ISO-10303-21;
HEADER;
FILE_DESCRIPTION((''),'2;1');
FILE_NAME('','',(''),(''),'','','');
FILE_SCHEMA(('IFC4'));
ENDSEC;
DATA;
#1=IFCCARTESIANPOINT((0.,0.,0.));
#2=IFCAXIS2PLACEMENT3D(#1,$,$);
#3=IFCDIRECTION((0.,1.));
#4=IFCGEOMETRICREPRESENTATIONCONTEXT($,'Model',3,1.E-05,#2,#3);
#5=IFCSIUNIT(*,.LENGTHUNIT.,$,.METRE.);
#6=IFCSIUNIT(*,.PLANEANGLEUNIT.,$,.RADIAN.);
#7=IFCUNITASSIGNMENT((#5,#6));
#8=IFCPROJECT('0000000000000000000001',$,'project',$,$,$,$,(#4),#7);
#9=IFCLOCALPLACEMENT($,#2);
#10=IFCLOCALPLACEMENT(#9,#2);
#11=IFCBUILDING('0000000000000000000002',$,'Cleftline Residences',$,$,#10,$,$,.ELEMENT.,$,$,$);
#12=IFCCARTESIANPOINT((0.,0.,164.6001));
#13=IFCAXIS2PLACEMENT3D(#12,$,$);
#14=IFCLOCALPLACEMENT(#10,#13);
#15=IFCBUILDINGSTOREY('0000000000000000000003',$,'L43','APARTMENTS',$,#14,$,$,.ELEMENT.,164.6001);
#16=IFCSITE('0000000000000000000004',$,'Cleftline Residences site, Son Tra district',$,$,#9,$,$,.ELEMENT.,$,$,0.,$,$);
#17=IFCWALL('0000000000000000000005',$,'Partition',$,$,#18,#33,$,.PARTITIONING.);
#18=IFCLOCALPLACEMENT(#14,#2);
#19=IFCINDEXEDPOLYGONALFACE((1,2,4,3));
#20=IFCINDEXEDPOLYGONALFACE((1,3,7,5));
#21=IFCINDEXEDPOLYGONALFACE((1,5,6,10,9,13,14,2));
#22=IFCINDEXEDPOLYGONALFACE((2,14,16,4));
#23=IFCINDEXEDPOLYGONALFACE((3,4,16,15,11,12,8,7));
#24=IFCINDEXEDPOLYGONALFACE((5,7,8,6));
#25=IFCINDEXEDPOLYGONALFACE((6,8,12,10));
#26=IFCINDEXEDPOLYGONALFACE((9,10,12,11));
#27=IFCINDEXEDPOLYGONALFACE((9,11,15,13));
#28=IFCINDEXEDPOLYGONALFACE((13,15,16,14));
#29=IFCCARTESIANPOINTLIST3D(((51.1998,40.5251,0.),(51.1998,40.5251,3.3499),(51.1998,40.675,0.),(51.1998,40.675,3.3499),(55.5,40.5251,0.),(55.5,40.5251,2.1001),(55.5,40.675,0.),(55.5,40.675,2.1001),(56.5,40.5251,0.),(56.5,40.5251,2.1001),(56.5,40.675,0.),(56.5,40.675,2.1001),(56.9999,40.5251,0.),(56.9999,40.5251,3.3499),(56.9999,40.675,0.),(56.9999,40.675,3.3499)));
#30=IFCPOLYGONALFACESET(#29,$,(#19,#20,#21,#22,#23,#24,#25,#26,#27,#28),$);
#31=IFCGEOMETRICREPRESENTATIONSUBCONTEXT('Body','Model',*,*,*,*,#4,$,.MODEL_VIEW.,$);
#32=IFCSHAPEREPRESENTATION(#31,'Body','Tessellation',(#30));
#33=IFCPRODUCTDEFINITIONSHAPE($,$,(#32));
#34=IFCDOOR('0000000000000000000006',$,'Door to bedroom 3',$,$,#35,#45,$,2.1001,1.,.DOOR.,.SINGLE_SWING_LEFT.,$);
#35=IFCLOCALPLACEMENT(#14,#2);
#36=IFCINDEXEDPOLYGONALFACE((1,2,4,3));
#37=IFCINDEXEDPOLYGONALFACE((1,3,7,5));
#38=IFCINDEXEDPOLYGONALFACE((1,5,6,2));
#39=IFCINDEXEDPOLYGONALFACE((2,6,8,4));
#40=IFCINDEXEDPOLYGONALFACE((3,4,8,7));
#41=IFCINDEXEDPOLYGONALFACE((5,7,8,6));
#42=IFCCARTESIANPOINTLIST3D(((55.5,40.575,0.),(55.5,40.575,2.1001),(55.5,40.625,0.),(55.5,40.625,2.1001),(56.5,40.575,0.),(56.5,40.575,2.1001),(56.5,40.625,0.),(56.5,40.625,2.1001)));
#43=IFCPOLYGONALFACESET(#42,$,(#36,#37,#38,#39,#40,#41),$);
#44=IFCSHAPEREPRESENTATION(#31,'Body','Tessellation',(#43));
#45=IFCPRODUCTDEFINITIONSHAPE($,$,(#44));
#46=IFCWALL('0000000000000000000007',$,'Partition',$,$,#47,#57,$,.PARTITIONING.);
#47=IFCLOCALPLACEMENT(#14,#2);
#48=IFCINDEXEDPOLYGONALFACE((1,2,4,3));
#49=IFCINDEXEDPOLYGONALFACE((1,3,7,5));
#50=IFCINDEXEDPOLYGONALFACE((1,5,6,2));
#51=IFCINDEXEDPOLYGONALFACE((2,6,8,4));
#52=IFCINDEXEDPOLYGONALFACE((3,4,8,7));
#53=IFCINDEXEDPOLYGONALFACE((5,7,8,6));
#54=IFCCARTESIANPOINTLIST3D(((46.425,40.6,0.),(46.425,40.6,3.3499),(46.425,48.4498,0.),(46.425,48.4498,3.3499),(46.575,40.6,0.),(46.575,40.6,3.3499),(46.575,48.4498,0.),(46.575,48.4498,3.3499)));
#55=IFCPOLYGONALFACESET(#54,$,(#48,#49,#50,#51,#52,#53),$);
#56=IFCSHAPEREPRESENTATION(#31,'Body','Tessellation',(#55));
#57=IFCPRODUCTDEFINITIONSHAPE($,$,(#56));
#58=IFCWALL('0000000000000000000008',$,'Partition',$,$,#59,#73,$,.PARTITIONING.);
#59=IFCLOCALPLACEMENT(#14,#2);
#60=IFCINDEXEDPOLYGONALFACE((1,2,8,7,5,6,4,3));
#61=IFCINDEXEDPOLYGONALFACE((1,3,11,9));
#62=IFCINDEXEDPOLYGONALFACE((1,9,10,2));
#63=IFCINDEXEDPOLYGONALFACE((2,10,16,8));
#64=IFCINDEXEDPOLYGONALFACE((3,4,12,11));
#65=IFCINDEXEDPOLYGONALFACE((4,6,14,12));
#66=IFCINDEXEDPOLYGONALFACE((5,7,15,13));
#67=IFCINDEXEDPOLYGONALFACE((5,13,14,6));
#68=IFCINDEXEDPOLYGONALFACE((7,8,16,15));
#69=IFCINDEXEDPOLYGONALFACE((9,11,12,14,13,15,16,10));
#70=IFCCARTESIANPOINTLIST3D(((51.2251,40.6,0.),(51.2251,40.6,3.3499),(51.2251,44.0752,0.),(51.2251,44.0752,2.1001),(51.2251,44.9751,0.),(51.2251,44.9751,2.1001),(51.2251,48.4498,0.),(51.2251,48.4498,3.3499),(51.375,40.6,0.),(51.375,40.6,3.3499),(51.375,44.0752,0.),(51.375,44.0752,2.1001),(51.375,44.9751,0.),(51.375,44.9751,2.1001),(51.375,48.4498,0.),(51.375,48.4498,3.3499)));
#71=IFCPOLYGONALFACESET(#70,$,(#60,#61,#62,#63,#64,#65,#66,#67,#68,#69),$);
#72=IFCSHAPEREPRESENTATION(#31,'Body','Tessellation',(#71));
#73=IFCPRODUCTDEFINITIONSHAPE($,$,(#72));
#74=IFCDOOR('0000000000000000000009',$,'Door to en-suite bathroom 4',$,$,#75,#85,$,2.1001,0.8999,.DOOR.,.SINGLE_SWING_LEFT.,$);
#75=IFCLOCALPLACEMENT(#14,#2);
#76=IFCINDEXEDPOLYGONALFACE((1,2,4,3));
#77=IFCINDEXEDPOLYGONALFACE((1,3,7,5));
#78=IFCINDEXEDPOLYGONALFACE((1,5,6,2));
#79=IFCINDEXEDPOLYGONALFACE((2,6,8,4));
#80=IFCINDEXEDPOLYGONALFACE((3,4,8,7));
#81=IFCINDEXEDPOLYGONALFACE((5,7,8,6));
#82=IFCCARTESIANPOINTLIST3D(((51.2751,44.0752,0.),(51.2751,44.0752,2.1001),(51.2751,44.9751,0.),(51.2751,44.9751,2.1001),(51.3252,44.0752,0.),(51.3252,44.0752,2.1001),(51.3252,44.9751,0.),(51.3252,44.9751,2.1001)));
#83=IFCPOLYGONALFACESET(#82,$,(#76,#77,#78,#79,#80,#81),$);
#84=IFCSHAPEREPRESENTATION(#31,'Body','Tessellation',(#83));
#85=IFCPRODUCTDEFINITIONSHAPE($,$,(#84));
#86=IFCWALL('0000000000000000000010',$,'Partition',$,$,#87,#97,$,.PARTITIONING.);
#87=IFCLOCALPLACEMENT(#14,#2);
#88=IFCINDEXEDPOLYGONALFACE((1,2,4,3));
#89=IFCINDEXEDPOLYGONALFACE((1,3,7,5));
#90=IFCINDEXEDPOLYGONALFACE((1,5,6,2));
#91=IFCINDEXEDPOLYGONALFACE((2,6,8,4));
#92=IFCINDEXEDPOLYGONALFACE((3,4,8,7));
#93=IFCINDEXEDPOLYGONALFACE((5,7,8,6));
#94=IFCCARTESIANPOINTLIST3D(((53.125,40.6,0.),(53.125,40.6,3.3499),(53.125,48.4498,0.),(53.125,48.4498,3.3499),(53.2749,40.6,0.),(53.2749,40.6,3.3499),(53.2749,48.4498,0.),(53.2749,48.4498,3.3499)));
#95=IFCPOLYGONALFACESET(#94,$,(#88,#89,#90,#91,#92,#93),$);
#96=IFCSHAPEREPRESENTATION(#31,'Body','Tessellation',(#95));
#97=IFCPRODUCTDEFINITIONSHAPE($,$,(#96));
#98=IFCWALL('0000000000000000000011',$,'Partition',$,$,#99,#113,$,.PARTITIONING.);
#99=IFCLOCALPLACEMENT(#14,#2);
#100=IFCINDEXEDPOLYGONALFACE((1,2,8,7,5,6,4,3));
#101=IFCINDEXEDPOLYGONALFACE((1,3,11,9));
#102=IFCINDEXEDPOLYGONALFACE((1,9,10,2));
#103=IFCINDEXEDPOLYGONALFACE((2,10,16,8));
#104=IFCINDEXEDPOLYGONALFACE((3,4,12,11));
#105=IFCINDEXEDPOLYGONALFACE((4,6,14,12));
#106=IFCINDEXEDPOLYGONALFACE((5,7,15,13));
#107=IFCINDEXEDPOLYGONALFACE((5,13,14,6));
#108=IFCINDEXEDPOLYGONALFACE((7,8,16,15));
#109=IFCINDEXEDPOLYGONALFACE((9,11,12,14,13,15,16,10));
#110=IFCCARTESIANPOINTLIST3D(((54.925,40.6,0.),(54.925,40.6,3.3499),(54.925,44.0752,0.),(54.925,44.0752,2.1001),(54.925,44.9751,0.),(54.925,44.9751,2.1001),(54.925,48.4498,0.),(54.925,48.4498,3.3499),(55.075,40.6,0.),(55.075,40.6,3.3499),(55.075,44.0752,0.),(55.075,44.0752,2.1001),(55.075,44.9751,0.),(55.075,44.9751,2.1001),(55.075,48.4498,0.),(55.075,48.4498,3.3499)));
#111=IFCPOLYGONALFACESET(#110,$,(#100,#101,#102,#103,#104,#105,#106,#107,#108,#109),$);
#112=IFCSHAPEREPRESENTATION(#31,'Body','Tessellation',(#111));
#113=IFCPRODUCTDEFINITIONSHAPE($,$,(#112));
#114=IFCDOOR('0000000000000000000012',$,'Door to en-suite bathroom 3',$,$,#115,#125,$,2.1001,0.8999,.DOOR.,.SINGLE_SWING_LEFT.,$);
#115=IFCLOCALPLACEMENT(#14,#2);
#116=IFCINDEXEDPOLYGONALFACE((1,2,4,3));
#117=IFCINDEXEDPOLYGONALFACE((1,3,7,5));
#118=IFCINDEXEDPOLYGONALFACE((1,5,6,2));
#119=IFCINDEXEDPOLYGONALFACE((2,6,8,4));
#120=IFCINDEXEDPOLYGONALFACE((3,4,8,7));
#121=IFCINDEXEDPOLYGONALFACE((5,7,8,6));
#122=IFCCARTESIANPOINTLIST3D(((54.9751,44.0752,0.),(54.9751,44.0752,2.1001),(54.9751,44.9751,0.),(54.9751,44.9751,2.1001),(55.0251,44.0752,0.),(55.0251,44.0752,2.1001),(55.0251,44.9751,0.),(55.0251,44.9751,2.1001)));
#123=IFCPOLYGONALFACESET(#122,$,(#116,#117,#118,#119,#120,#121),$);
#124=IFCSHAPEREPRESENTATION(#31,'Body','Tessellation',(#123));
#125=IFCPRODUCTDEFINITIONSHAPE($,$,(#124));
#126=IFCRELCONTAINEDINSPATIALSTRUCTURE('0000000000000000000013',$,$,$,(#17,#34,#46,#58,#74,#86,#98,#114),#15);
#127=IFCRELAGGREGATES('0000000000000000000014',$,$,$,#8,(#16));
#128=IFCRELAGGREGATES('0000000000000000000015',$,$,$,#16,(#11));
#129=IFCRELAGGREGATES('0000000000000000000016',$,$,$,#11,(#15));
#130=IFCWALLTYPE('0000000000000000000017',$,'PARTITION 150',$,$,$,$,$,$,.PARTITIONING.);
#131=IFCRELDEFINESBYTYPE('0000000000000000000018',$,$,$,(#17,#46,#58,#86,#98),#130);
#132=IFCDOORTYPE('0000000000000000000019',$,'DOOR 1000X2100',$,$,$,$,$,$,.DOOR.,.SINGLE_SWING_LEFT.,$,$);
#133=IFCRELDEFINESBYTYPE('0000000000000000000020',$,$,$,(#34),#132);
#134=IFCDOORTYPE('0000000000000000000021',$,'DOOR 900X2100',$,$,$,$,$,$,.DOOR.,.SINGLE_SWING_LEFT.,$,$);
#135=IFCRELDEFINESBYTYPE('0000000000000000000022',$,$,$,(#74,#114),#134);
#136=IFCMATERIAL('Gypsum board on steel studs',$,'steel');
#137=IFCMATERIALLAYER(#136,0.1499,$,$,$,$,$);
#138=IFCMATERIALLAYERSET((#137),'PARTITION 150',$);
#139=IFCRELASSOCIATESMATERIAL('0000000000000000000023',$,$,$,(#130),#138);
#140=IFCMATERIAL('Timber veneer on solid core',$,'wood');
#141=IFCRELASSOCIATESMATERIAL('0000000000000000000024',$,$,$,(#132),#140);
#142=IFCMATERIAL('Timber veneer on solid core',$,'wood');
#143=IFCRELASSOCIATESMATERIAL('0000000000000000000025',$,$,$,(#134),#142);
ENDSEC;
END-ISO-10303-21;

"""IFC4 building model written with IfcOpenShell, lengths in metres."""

from ifc_helpers import new_model, si_unit, direction, frame, frame_2d, origin, place, context, subcontext, project, spatial, rectangle, extrude, material, layer, layer_set, type_object, element, fill, save


model = new_model("IFC4")

# Units and contexts
model_context = context("Model", 3, precision=1e-05, world=origin(), true_north=direction((0.0, 1.0)))
body_context = subcontext(model_context, "Body", "Model", "MODEL_VIEW")
ifc_project = project(units=[si_unit("LENGTHUNIT", "METRE"), si_unit("PLANEANGLEUNIT", "RADIAN")], contexts=[model_context])

# Site, building, storey
site_placement = place(None, origin())
site = spatial("IfcSite", under=ifc_project, at=site_placement, Name="Cleftline Residences site, Son Tra district", CompositionType="ELEMENT", RefElevation=0.0)
building_placement = place(site_placement, origin())
building = spatial("IfcBuilding", under=site, at=building_placement, Name="Cleftline Residences", CompositionType="ELEMENT")
storey_placement = place(building_placement, frame((0.0, 0.0, 164.6001)))
storey = spatial("IfcBuildingStorey", under=building, at=storey_placement, Name="L43", Description="APARTMENTS", CompositionType="ELEMENT", Elevation=164.6001)

# Shared definitions
ifc_material_1 = material(Name="Gypsum board on steel studs", Category="steel")
ifc_layer = layer(ifc_material_1, 0.1499)
ifc_layer_set = layer_set([ifc_layer], Name="PARTITION 150")
wall_type = type_object("IfcWallType", Name="PARTITION 150", PredefinedType="PARTITIONING", material=ifc_layer_set)
ifc_material_2 = material(Name="Timber veneer on solid core", Category="wood")
door_type_1 = type_object("IfcDoorType", Name="DOOR 1000X2100", OperationType="SINGLE_SWING_LEFT", PredefinedType="DOOR", material=ifc_material_2)

# Wall, opening, door
wall_1_placement = place(storey_placement, frame((51.2, 40.6001, 0.0), z_axis=(0.0, 0.0, 1.0), x_axis=(1.0, 0.0, 0.0)))
wall_1 = element("IfcWall", 1, at=wall_1_placement, inside=storey, type_object=wall_type, Name="Partition", PredefinedType="PARTITIONING", context=body_context, shape_type="SweptSolid", body=[
    extrude(rectangle(XDim=5.8, YDim=0.1499, at=frame_2d((2.8999, 0.0))), origin(), (0.0, 0.0, 1.0), 3.3499),
])
opening_1_placement = place(wall_1_placement, frame((4.3, 0.0, 0.0)))
opening_1 = element("IfcOpeningElement", 2, at=opening_1_placement, cuts=wall_1, PredefinedType="OPENING", context=body_context, shape_type="SweptSolid", body=[
    extrude(rectangle(XDim=1.0, YDim=2.1001, at=frame_2d((0.5, 1.05))), frame((0.0, 0.085, 0.0), z_axis=(0.0, -1.0, 0.0), x_axis=(1.0, 0.0, 0.0)), (0.0, 0.0, 1.0), 0.1699),
])
door_1_placement = place(opening_1_placement, origin())
door_1 = element("IfcDoor", 3, at=door_1_placement, inside=storey, type_object=door_type_1, Name="Door to bedroom 3", OperationType="SINGLE_SWING_LEFT", OverallHeight=2.1001, OverallWidth=1.0, PredefinedType="DOOR", context=body_context, shape_type="SweptSolid", body=[
    extrude(rectangle(XDim=1.0, YDim=2.1001, at=frame_2d((0.5, 1.05))), frame((0.0, 0.0249, 0.0), z_axis=(0.0, -1.0, 0.0), x_axis=(1.0, 0.0, 0.0)), (0.0, 0.0, 1.0), 0.05),
])
fill(opening_1, door_1)

# Wall
wall_2_placement = place(storey_placement, frame((46.5, 40.6001, 0.0), z_axis=(0.0, 0.0, 1.0), x_axis=(0.0, 1.0, 0.0)))
element("IfcWall", 4, at=wall_2_placement, inside=storey, type_object=wall_type, Name="Partition", PredefinedType="PARTITIONING", context=body_context, shape_type="SweptSolid", body=[
    extrude(rectangle(XDim=7.8499, YDim=0.1499, at=frame_2d((3.9248, 0.0))), origin(), (0.0, 0.0, 1.0), 3.3499),
])

# Wall, opening, door
wall_3_placement = place(storey_placement, frame((51.3, 40.6001, 0.0), z_axis=(0.0, 0.0, 1.0), x_axis=(0.0, 1.0, 0.0)))
wall_3 = element("IfcWall", 5, at=wall_3_placement, inside=storey, type_object=wall_type, Name="Partition", PredefinedType="PARTITIONING", context=body_context, shape_type="SweptSolid", body=[
    extrude(rectangle(XDim=7.8499, YDim=0.1499, at=frame_2d((3.9248, 0.0))), origin(), (0.0, 0.0, 1.0), 3.3499),
])
opening_2_placement = place(wall_3_placement, frame((3.4751, 0.0, 0.0)))
opening_2 = element("IfcOpeningElement", 6, at=opening_2_placement, cuts=wall_3, PredefinedType="OPENING", context=body_context, shape_type="SweptSolid", body=[
    extrude(rectangle(XDim=0.8999, YDim=2.1001, at=frame_2d((0.45, 1.05))), frame((0.0, 0.085, 0.0), z_axis=(0.0, -1.0, 0.0), x_axis=(1.0, 0.0, 0.0)), (0.0, 0.0, 1.0), 0.1699),
])
ifc_material_3 = material(Name="Timber veneer on solid core", Category="wood")
door_type_2 = type_object("IfcDoorType", Name="DOOR 900X2100", OperationType="SINGLE_SWING_LEFT", PredefinedType="DOOR", material=ifc_material_3)
door_2_placement = place(opening_2_placement, origin())
door_2 = element("IfcDoor", 7, at=door_2_placement, inside=storey, type_object=door_type_2, Name="Door to en-suite bathroom 4", OperationType="SINGLE_SWING_LEFT", OverallHeight=2.1001, OverallWidth=0.8999, PredefinedType="DOOR", context=body_context, shape_type="SweptSolid", body=[
    extrude(rectangle(XDim=0.8999, YDim=2.1001, at=frame_2d((0.45, 1.05))), frame((0.0, 0.0249, 0.0), z_axis=(0.0, -1.0, 0.0), x_axis=(1.0, 0.0, 0.0)), (0.0, 0.0, 1.0), 0.05),
])
fill(opening_2, door_2)

# Wall
wall_4_placement = place(storey_placement, frame((53.2, 40.6001, 0.0), z_axis=(0.0, 0.0, 1.0), x_axis=(0.0, 1.0, 0.0)))
element("IfcWall", 8, at=wall_4_placement, inside=storey, type_object=wall_type, Name="Partition", PredefinedType="PARTITIONING", context=body_context, shape_type="SweptSolid", body=[
    extrude(rectangle(XDim=7.8499, YDim=0.1499, at=frame_2d((3.9248, 0.0))), origin(), (0.0, 0.0, 1.0), 3.3499),
])

# Wall, opening, door
wall_5_placement = place(storey_placement, frame((55.0, 40.6001, 0.0), z_axis=(0.0, 0.0, 1.0), x_axis=(0.0, 1.0, 0.0)))
wall_5 = element("IfcWall", 9, at=wall_5_placement, inside=storey, type_object=wall_type, Name="Partition", PredefinedType="PARTITIONING", context=body_context, shape_type="SweptSolid", body=[
    extrude(rectangle(XDim=7.8499, YDim=0.1499, at=frame_2d((3.9248, 0.0))), origin(), (0.0, 0.0, 1.0), 3.3499),
])
opening_3_placement = place(wall_5_placement, frame((3.4751, 0.0, 0.0)))
opening_3 = element("IfcOpeningElement", 10, at=opening_3_placement, cuts=wall_5, PredefinedType="OPENING", context=body_context, shape_type="SweptSolid", body=[
    extrude(rectangle(XDim=0.8999, YDim=2.1001, at=frame_2d((0.45, 1.05))), frame((0.0, 0.085, 0.0), z_axis=(0.0, -1.0, 0.0), x_axis=(1.0, 0.0, 0.0)), (0.0, 0.0, 1.0), 0.1699),
])
door_3_placement = place(opening_3_placement, origin())
door_3 = element("IfcDoor", 11, at=door_3_placement, inside=storey, type_object=door_type_2, Name="Door to en-suite bathroom 3", OperationType="SINGLE_SWING_LEFT", OverallHeight=2.1001, OverallWidth=0.8999, PredefinedType="DOOR", context=body_context, shape_type="SweptSolid", body=[
    extrude(rectangle(XDim=0.8999, YDim=2.1001, at=frame_2d((0.45, 1.05))), frame((0.0, 0.0249, 0.0), z_axis=(0.0, -1.0, 0.0), x_axis=(1.0, 0.0, 0.0)), (0.0, 0.0, 1.0), 0.05),
])
fill(opening_3, door_3)

save(model, "model.ifc")
